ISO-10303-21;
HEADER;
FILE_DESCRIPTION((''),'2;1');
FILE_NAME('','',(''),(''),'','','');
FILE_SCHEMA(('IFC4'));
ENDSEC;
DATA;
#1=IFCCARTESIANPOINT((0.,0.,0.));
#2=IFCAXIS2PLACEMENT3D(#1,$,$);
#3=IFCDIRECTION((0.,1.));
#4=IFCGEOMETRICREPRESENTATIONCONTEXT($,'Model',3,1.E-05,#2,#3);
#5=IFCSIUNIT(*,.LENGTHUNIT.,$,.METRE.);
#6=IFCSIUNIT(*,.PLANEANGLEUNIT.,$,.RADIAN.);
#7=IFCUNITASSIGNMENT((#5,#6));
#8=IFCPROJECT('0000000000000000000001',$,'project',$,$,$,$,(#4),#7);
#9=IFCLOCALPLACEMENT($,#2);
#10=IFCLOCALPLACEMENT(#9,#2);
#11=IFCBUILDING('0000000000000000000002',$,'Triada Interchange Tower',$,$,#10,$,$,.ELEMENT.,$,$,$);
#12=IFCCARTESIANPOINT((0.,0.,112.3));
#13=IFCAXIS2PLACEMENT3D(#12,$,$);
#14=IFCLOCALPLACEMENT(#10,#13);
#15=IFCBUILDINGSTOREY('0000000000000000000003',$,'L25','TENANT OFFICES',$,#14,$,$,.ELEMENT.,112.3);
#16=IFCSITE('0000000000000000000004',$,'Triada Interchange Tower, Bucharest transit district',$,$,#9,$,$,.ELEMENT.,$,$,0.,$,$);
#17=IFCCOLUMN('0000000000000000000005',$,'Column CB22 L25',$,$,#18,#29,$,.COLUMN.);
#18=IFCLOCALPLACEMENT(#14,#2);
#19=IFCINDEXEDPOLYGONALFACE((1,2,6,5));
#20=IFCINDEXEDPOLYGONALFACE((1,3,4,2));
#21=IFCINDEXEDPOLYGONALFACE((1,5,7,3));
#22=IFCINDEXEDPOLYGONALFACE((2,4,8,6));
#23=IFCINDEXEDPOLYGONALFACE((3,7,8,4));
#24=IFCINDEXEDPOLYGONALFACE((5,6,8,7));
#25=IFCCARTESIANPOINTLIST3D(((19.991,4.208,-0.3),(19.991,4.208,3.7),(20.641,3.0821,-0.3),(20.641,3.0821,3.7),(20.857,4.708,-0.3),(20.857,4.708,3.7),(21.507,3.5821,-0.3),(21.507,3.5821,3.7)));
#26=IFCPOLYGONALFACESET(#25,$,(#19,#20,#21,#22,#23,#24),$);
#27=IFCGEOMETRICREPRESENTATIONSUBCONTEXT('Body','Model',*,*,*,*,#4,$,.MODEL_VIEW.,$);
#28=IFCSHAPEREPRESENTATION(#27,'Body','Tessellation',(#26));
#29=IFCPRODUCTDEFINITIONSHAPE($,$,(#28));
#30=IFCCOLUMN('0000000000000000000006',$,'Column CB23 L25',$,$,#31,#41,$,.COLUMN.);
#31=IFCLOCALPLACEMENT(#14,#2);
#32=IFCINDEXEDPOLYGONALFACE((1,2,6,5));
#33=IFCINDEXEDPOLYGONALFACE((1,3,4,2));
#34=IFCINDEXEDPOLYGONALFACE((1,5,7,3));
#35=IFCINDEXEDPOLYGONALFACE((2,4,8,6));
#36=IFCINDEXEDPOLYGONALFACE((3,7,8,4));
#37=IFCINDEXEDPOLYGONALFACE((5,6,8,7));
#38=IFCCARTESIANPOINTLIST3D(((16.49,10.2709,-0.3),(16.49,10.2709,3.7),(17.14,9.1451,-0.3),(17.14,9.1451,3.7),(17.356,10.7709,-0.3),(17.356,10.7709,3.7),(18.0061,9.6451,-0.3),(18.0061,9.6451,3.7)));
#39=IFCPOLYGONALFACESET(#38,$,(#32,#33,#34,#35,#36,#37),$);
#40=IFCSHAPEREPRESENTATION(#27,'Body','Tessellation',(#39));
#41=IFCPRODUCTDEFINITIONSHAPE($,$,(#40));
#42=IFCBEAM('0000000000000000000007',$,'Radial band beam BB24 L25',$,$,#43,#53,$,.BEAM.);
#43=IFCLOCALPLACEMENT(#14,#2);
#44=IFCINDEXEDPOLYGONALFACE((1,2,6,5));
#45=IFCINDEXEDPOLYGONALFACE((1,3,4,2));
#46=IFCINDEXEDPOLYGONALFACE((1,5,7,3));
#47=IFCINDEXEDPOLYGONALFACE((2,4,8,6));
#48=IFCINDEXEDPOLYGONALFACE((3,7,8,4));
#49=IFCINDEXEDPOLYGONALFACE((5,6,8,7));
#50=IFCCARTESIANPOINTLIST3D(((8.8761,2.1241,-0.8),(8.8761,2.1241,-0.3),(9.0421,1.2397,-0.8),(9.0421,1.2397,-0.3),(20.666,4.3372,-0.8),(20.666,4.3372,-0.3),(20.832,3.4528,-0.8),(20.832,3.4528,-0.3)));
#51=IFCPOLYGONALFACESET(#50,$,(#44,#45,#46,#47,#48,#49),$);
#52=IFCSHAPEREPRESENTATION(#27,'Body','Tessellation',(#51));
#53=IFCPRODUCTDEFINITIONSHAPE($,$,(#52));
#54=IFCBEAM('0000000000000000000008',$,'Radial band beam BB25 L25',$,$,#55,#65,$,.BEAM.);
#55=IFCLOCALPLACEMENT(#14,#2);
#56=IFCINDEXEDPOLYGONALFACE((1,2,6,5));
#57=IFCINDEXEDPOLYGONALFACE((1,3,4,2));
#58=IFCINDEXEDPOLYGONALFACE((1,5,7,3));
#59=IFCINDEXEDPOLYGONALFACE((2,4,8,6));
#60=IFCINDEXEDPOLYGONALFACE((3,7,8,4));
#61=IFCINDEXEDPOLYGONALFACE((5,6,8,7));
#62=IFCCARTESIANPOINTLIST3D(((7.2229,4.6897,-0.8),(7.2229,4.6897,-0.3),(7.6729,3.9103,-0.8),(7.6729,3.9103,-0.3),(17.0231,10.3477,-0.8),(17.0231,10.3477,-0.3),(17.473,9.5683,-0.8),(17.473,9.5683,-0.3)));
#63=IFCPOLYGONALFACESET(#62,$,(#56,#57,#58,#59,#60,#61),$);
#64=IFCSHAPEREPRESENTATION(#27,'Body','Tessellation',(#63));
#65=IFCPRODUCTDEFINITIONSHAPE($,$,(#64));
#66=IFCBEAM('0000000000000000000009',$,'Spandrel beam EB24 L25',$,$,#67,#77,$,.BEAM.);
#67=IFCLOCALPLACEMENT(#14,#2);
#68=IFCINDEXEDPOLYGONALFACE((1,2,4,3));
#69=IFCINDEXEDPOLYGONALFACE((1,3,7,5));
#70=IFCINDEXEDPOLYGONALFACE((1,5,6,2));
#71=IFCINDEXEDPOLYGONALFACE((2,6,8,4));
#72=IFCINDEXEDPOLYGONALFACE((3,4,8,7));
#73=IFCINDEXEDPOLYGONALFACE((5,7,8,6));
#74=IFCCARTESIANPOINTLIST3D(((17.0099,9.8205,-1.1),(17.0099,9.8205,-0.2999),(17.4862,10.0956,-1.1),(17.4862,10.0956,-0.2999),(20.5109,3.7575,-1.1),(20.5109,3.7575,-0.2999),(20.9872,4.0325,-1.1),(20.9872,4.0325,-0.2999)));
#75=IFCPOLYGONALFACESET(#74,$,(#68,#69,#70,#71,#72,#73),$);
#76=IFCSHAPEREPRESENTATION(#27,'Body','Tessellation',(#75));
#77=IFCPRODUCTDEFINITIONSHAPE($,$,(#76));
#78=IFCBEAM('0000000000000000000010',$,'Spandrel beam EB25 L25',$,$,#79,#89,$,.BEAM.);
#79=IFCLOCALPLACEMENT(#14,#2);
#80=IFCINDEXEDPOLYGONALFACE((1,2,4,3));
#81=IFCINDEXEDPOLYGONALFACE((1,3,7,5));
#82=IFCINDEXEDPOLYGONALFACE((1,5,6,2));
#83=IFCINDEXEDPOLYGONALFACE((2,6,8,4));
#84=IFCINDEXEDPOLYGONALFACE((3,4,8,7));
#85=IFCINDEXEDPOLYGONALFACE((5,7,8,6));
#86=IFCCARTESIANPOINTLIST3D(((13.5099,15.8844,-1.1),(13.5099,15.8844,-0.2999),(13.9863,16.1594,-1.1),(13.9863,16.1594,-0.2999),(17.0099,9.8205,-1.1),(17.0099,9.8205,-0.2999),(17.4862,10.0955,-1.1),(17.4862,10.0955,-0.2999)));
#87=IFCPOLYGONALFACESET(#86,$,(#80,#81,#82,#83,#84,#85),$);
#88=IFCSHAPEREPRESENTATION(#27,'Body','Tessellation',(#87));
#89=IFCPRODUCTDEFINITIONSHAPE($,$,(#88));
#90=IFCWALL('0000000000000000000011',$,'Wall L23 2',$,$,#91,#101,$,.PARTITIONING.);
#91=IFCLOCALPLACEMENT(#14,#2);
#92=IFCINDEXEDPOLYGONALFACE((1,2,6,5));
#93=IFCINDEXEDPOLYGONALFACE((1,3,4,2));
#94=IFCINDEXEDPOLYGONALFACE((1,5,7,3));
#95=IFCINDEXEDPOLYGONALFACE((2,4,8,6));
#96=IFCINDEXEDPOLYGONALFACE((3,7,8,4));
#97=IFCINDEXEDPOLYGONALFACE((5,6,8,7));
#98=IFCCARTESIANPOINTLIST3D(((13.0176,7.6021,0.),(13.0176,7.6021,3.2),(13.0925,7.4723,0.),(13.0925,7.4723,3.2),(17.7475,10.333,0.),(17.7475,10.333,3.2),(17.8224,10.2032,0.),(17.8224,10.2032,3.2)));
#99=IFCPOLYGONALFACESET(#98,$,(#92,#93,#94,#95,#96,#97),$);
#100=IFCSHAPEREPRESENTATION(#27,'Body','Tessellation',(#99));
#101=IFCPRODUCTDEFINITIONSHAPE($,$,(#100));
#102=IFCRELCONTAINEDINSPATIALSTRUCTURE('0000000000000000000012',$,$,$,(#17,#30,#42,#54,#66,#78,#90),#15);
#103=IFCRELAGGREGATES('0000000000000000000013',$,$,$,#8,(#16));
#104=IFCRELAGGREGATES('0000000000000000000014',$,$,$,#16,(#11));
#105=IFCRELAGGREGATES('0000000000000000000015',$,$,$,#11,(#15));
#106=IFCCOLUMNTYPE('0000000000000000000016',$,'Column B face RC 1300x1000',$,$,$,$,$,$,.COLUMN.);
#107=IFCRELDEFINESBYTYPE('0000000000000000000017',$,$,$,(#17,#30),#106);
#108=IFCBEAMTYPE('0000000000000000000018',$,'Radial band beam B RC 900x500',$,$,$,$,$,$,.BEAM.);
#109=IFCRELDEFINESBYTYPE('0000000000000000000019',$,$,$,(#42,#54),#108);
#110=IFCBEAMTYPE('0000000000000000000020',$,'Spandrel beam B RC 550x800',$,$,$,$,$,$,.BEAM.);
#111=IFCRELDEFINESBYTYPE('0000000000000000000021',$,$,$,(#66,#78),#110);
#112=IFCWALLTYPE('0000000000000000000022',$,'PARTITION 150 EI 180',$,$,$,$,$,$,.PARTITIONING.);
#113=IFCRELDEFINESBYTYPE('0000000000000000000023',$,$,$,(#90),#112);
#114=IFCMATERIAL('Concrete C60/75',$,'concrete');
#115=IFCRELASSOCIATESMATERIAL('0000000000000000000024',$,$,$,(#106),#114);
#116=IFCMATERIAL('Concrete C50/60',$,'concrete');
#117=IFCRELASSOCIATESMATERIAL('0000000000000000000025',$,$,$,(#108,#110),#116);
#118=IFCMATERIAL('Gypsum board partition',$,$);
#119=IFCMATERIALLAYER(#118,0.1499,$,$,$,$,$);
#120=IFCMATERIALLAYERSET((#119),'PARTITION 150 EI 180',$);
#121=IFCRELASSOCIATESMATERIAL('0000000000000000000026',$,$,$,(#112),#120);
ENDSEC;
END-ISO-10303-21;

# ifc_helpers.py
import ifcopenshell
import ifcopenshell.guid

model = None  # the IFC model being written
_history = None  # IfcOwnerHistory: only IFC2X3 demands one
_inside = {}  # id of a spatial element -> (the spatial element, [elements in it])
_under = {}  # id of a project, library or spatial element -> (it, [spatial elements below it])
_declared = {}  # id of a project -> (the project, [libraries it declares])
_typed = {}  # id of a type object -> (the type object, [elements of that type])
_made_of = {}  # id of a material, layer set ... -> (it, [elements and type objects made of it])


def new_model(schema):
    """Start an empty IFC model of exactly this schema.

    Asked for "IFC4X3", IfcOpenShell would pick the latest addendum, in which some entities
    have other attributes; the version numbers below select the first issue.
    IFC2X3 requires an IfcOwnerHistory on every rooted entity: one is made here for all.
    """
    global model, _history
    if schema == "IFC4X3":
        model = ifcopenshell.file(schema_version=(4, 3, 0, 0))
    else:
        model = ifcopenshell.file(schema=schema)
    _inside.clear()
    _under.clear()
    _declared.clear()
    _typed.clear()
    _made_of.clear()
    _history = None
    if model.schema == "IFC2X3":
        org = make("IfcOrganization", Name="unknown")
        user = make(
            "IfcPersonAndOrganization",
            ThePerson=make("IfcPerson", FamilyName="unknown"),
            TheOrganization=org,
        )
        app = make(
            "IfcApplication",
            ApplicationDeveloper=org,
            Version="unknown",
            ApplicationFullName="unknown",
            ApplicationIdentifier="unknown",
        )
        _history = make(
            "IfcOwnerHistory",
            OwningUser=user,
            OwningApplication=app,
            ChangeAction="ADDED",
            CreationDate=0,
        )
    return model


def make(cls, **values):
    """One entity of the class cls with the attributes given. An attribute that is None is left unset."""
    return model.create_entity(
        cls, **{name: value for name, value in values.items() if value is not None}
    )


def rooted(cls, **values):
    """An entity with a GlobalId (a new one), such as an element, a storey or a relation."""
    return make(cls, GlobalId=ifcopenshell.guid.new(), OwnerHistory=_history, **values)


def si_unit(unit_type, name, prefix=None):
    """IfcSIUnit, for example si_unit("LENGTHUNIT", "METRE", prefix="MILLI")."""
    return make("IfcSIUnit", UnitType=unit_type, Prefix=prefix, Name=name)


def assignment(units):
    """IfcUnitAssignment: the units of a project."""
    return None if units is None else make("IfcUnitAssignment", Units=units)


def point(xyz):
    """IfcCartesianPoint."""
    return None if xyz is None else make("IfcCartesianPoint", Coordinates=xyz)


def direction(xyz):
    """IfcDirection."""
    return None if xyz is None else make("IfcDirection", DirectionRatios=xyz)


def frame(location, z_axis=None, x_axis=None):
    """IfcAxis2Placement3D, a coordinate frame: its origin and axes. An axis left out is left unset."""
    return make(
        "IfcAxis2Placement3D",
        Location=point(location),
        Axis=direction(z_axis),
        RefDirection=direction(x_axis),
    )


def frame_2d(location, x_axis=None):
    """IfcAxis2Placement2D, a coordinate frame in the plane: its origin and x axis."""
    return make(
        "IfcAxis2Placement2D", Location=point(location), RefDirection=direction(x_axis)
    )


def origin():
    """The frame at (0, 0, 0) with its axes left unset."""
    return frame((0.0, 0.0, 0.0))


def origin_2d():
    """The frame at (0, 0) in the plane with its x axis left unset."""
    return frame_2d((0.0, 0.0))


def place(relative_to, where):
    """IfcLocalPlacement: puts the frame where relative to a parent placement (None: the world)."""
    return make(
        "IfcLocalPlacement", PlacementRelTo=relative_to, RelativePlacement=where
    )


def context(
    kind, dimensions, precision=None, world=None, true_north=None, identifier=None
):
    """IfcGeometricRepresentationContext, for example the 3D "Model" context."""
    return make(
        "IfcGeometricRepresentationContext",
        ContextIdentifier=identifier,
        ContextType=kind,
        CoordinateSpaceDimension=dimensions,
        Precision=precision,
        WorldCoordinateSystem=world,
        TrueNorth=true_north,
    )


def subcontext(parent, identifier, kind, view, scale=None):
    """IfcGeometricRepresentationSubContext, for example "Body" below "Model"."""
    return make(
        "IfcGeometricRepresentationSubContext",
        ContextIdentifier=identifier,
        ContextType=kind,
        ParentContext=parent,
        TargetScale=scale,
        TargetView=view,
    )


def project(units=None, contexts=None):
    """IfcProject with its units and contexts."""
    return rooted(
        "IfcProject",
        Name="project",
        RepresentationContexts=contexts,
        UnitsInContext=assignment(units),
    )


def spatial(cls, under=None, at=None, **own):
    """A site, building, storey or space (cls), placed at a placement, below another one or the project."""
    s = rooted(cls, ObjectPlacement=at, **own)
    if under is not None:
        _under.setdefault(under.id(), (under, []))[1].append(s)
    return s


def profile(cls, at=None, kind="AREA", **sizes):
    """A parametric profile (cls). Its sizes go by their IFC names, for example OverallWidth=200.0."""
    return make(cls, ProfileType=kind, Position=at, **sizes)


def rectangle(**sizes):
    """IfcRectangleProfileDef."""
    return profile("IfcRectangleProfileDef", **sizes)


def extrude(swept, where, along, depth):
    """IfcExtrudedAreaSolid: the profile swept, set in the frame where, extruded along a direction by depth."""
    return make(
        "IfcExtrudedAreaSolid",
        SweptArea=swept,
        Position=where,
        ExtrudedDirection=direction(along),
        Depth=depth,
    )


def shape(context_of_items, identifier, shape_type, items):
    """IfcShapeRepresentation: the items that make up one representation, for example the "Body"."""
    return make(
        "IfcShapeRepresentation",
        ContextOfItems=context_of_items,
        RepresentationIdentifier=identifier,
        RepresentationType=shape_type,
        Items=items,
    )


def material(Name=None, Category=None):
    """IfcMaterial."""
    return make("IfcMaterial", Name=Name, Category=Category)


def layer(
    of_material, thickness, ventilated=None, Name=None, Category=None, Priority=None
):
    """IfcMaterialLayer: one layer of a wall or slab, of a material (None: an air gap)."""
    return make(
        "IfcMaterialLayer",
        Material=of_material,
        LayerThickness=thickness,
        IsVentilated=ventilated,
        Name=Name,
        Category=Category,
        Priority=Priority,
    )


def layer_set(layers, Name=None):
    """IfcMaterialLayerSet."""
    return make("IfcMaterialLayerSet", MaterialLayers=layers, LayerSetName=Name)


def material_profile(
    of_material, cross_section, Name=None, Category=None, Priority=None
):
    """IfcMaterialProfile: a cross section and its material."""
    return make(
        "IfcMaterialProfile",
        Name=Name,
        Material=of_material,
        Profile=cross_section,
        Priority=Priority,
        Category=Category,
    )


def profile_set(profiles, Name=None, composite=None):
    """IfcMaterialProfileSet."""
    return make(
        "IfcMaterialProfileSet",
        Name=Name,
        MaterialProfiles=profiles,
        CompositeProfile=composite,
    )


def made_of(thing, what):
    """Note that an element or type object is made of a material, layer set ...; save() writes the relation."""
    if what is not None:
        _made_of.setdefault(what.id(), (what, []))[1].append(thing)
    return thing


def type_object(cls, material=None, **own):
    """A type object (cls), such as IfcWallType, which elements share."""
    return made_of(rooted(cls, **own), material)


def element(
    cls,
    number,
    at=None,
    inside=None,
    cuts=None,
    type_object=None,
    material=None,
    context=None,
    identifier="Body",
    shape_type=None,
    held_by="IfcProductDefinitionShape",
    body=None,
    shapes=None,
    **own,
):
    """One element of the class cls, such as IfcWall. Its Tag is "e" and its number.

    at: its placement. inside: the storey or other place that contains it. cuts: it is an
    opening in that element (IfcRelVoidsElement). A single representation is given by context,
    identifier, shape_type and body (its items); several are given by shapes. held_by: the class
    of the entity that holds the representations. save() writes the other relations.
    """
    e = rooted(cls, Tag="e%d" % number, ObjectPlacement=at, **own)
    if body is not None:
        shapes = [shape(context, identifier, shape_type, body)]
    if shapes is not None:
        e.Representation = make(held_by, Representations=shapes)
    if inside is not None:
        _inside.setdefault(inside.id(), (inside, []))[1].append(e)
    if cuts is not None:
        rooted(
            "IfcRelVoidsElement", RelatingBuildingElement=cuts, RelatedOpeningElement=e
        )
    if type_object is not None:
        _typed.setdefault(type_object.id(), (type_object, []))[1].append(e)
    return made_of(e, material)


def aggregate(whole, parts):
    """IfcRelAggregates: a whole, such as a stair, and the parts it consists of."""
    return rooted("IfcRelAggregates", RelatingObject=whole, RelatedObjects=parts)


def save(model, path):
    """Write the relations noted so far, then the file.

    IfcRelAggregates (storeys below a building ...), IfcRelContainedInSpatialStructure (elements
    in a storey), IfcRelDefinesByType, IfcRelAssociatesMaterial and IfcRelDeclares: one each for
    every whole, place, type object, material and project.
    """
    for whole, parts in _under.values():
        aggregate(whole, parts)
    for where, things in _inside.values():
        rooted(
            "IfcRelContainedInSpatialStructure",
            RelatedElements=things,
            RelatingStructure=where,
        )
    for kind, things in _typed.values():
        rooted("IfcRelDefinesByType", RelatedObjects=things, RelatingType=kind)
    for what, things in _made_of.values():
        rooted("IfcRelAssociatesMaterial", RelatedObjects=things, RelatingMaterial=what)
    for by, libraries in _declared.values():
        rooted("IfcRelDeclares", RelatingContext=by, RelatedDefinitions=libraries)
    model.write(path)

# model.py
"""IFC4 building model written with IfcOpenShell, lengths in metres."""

from ifc_helpers import new_model, si_unit, direction, frame, frame_2d, origin, origin_2d, place, context, subcontext, project, spatial, rectangle, extrude, material, layer, layer_set, material_profile, profile_set, type_object, element, save


model = new_model("IFC4")

# Units and contexts
model_context = context("Model", 3, precision=1e-05, world=origin(), true_north=direction((0.0, 1.0)))
body_context = subcontext(model_context, "Body", "Model", "MODEL_VIEW")
ifc_project = project(units=[si_unit("LENGTHUNIT", "METRE"), si_unit("PLANEANGLEUNIT", "RADIAN")], contexts=[model_context])

# Site, building, storey
site_placement = place(None, origin())
site = spatial("IfcSite", under=ifc_project, at=site_placement, Name="Triada Interchange Tower, Bucharest transit district", CompositionType="ELEMENT", RefElevation=0.0)
building_placement = place(site_placement, origin())
building = spatial("IfcBuilding", under=site, at=building_placement, Name="Triada Interchange Tower", CompositionType="ELEMENT")
storey_placement = place(building_placement, frame((0.0, 0.0, 112.3)))
storey = spatial("IfcBuildingStorey", under=building, at=storey_placement, Name="L25", Description="TENANT OFFICES", CompositionType="ELEMENT", Elevation=112.3)

# Columns
ifc_material_1 = material(Name="Concrete C60/75", Category="concrete")
ifc_material_profile_1 = material_profile(ifc_material_1, rectangle(XDim=1.3, YDim=1.0, at=origin_2d()), Name="RC 1300x1000")
ifc_profile_set_1 = profile_set([ifc_material_profile_1], Name="Concrete C60/75")
column_type = type_object("IfcColumnType", Name="Column B face RC 1300x1000", PredefinedType="COLUMN", material=ifc_profile_set_1)
for number, where, z_axis, x_axis, name in (
    (1, (20.749, 3.895, -0.3), (0.0, 0.0, 1.0), (-0.5, 0.866025, 0.0), "Column CB22 L25"),
    (2, (17.248, 9.958, -0.3), (0.0, 0.0, 1.0), (-0.5, 0.866025, 0.0), "Column CB23 L25"),
):
    element("IfcColumn", number, at=place(storey_placement, frame(where, z_axis=z_axis, x_axis=x_axis)), inside=storey, type_object=column_type, Name=name, PredefinedType="COLUMN", context=body_context, shape_type="SweptSolid", body=[
        extrude(rectangle(XDim=1.3, YDim=1.0, at=origin_2d()), origin(), (0.0, 0.0, 1.0), 4.0),
    ])

# Beams
ifc_material_2 = material(Name="Concrete C50/60", Category="concrete")
ifc_material_profile_2 = material_profile(ifc_material_2, rectangle(XDim=0.8999, YDim=0.5, at=origin_2d()), Name="RC 900x500")
ifc_profile_set_2 = profile_set([ifc_material_profile_2], Name="Concrete C50/60")
beam_type_1 = type_object("IfcBeamType", Name="Radial band beam B RC 900x500", PredefinedType="BEAM", material=ifc_profile_set_2)
beam_1_placement = place(storey_placement, frame((20.749, 3.895, -0.55), z_axis=(-0.982834, -0.18449, 0.0), x_axis=(0.18449, -0.982834, 0.0)))
element("IfcBeam", 3, at=beam_1_placement, inside=storey, type_object=beam_type_1, Name="Radial band beam BB24 L25", PredefinedType="BEAM", context=body_context, shape_type="SweptSolid", body=[
    extrude(rectangle(XDim=0.8999, YDim=0.5, at=origin_2d()), origin(), (0.0, 0.0, 1.0), 11.9958),
])
beam_2_placement = place(storey_placement, frame((17.248, 9.958, -0.55), z_axis=(-0.866029, -0.499993, 0.0), x_axis=(0.499993, -0.866029, 0.0)))
element("IfcBeam", 4, at=beam_2_placement, inside=storey, type_object=beam_type_1, Name="Radial band beam BB25 L25", PredefinedType="BEAM", context=body_context, shape_type="SweptSolid", body=[
    extrude(rectangle(XDim=0.8999, YDim=0.5, at=origin_2d()), origin(), (0.0, 0.0, 1.0), 11.3162),
])
ifc_material_profile_3 = material_profile(ifc_material_2, rectangle(XDim=0.55, YDim=0.8, at=origin_2d()), Name="RC 550x800")
ifc_profile_set_3 = profile_set([ifc_material_profile_3], Name="Concrete C50/60")
beam_type_2 = type_object("IfcBeamType", Name="Spandrel beam B RC 550x800", PredefinedType="BEAM", material=ifc_profile_set_3)
beam_3_placement = place(storey_placement, frame((20.749, 3.895, -0.7), z_axis=(-0.500054, 0.865994, 0.0), x_axis=(-0.865994, -0.500054, 0.0)))
element("IfcBeam", 5, at=beam_3_placement, inside=storey, type_object=beam_type_2, Name="Spandrel beam EB24 L25", PredefinedType="BEAM", context=body_context, shape_type="SweptSolid", body=[
    extrude(rectangle(XDim=0.55, YDim=0.8, at=origin_2d()), origin(), (0.0, 0.0, 1.0), 7.0012),
])
beam_4_placement = place(storey_placement, frame((17.248, 9.958, -0.7), z_axis=(-0.499889, 0.866089, 0.0), x_axis=(-0.866089, -0.499889, 0.0)))
element("IfcBeam", 6, at=beam_4_placement, inside=storey, type_object=beam_type_2, Name="Spandrel beam EB25 L25", PredefinedType="BEAM", context=body_context, shape_type="SweptSolid", body=[
    extrude(rectangle(XDim=0.55, YDim=0.8, at=origin_2d()), origin(), (0.0, 0.0, 1.0), 7.0015),
])

# Wall
ifc_material_3 = material(Name="Gypsum board partition")
ifc_layer_1 = layer(ifc_material_3, 0.1499)
ifc_layer_set_1 = layer_set([ifc_layer_1], Name="PARTITION 150 EI 180")
wall_type = type_object("IfcWallType", Name="PARTITION 150 EI 180", PredefinedType="PARTITIONING", material=ifc_layer_set_1)
wall_1_placement = place(storey_placement, frame((13.0549, 7.5371, 0.0), z_axis=(0.0, 0.0, 1.0), x_axis=(0.866017, 0.500014, 0.0)))
element("IfcWall", 7, at=wall_1_placement, inside=storey, type_object=wall_type, Name="Wall L23 2", PredefinedType="PARTITIONING", context=body_context, shape_type="SweptSolid", body=[
    extrude(rectangle(XDim=5.4617, YDim=0.1499, at=frame_2d((2.731, 0.0))), origin(), (0.0, 0.0, 1.0), 3.2),
])

save(model, "model.ifc")
